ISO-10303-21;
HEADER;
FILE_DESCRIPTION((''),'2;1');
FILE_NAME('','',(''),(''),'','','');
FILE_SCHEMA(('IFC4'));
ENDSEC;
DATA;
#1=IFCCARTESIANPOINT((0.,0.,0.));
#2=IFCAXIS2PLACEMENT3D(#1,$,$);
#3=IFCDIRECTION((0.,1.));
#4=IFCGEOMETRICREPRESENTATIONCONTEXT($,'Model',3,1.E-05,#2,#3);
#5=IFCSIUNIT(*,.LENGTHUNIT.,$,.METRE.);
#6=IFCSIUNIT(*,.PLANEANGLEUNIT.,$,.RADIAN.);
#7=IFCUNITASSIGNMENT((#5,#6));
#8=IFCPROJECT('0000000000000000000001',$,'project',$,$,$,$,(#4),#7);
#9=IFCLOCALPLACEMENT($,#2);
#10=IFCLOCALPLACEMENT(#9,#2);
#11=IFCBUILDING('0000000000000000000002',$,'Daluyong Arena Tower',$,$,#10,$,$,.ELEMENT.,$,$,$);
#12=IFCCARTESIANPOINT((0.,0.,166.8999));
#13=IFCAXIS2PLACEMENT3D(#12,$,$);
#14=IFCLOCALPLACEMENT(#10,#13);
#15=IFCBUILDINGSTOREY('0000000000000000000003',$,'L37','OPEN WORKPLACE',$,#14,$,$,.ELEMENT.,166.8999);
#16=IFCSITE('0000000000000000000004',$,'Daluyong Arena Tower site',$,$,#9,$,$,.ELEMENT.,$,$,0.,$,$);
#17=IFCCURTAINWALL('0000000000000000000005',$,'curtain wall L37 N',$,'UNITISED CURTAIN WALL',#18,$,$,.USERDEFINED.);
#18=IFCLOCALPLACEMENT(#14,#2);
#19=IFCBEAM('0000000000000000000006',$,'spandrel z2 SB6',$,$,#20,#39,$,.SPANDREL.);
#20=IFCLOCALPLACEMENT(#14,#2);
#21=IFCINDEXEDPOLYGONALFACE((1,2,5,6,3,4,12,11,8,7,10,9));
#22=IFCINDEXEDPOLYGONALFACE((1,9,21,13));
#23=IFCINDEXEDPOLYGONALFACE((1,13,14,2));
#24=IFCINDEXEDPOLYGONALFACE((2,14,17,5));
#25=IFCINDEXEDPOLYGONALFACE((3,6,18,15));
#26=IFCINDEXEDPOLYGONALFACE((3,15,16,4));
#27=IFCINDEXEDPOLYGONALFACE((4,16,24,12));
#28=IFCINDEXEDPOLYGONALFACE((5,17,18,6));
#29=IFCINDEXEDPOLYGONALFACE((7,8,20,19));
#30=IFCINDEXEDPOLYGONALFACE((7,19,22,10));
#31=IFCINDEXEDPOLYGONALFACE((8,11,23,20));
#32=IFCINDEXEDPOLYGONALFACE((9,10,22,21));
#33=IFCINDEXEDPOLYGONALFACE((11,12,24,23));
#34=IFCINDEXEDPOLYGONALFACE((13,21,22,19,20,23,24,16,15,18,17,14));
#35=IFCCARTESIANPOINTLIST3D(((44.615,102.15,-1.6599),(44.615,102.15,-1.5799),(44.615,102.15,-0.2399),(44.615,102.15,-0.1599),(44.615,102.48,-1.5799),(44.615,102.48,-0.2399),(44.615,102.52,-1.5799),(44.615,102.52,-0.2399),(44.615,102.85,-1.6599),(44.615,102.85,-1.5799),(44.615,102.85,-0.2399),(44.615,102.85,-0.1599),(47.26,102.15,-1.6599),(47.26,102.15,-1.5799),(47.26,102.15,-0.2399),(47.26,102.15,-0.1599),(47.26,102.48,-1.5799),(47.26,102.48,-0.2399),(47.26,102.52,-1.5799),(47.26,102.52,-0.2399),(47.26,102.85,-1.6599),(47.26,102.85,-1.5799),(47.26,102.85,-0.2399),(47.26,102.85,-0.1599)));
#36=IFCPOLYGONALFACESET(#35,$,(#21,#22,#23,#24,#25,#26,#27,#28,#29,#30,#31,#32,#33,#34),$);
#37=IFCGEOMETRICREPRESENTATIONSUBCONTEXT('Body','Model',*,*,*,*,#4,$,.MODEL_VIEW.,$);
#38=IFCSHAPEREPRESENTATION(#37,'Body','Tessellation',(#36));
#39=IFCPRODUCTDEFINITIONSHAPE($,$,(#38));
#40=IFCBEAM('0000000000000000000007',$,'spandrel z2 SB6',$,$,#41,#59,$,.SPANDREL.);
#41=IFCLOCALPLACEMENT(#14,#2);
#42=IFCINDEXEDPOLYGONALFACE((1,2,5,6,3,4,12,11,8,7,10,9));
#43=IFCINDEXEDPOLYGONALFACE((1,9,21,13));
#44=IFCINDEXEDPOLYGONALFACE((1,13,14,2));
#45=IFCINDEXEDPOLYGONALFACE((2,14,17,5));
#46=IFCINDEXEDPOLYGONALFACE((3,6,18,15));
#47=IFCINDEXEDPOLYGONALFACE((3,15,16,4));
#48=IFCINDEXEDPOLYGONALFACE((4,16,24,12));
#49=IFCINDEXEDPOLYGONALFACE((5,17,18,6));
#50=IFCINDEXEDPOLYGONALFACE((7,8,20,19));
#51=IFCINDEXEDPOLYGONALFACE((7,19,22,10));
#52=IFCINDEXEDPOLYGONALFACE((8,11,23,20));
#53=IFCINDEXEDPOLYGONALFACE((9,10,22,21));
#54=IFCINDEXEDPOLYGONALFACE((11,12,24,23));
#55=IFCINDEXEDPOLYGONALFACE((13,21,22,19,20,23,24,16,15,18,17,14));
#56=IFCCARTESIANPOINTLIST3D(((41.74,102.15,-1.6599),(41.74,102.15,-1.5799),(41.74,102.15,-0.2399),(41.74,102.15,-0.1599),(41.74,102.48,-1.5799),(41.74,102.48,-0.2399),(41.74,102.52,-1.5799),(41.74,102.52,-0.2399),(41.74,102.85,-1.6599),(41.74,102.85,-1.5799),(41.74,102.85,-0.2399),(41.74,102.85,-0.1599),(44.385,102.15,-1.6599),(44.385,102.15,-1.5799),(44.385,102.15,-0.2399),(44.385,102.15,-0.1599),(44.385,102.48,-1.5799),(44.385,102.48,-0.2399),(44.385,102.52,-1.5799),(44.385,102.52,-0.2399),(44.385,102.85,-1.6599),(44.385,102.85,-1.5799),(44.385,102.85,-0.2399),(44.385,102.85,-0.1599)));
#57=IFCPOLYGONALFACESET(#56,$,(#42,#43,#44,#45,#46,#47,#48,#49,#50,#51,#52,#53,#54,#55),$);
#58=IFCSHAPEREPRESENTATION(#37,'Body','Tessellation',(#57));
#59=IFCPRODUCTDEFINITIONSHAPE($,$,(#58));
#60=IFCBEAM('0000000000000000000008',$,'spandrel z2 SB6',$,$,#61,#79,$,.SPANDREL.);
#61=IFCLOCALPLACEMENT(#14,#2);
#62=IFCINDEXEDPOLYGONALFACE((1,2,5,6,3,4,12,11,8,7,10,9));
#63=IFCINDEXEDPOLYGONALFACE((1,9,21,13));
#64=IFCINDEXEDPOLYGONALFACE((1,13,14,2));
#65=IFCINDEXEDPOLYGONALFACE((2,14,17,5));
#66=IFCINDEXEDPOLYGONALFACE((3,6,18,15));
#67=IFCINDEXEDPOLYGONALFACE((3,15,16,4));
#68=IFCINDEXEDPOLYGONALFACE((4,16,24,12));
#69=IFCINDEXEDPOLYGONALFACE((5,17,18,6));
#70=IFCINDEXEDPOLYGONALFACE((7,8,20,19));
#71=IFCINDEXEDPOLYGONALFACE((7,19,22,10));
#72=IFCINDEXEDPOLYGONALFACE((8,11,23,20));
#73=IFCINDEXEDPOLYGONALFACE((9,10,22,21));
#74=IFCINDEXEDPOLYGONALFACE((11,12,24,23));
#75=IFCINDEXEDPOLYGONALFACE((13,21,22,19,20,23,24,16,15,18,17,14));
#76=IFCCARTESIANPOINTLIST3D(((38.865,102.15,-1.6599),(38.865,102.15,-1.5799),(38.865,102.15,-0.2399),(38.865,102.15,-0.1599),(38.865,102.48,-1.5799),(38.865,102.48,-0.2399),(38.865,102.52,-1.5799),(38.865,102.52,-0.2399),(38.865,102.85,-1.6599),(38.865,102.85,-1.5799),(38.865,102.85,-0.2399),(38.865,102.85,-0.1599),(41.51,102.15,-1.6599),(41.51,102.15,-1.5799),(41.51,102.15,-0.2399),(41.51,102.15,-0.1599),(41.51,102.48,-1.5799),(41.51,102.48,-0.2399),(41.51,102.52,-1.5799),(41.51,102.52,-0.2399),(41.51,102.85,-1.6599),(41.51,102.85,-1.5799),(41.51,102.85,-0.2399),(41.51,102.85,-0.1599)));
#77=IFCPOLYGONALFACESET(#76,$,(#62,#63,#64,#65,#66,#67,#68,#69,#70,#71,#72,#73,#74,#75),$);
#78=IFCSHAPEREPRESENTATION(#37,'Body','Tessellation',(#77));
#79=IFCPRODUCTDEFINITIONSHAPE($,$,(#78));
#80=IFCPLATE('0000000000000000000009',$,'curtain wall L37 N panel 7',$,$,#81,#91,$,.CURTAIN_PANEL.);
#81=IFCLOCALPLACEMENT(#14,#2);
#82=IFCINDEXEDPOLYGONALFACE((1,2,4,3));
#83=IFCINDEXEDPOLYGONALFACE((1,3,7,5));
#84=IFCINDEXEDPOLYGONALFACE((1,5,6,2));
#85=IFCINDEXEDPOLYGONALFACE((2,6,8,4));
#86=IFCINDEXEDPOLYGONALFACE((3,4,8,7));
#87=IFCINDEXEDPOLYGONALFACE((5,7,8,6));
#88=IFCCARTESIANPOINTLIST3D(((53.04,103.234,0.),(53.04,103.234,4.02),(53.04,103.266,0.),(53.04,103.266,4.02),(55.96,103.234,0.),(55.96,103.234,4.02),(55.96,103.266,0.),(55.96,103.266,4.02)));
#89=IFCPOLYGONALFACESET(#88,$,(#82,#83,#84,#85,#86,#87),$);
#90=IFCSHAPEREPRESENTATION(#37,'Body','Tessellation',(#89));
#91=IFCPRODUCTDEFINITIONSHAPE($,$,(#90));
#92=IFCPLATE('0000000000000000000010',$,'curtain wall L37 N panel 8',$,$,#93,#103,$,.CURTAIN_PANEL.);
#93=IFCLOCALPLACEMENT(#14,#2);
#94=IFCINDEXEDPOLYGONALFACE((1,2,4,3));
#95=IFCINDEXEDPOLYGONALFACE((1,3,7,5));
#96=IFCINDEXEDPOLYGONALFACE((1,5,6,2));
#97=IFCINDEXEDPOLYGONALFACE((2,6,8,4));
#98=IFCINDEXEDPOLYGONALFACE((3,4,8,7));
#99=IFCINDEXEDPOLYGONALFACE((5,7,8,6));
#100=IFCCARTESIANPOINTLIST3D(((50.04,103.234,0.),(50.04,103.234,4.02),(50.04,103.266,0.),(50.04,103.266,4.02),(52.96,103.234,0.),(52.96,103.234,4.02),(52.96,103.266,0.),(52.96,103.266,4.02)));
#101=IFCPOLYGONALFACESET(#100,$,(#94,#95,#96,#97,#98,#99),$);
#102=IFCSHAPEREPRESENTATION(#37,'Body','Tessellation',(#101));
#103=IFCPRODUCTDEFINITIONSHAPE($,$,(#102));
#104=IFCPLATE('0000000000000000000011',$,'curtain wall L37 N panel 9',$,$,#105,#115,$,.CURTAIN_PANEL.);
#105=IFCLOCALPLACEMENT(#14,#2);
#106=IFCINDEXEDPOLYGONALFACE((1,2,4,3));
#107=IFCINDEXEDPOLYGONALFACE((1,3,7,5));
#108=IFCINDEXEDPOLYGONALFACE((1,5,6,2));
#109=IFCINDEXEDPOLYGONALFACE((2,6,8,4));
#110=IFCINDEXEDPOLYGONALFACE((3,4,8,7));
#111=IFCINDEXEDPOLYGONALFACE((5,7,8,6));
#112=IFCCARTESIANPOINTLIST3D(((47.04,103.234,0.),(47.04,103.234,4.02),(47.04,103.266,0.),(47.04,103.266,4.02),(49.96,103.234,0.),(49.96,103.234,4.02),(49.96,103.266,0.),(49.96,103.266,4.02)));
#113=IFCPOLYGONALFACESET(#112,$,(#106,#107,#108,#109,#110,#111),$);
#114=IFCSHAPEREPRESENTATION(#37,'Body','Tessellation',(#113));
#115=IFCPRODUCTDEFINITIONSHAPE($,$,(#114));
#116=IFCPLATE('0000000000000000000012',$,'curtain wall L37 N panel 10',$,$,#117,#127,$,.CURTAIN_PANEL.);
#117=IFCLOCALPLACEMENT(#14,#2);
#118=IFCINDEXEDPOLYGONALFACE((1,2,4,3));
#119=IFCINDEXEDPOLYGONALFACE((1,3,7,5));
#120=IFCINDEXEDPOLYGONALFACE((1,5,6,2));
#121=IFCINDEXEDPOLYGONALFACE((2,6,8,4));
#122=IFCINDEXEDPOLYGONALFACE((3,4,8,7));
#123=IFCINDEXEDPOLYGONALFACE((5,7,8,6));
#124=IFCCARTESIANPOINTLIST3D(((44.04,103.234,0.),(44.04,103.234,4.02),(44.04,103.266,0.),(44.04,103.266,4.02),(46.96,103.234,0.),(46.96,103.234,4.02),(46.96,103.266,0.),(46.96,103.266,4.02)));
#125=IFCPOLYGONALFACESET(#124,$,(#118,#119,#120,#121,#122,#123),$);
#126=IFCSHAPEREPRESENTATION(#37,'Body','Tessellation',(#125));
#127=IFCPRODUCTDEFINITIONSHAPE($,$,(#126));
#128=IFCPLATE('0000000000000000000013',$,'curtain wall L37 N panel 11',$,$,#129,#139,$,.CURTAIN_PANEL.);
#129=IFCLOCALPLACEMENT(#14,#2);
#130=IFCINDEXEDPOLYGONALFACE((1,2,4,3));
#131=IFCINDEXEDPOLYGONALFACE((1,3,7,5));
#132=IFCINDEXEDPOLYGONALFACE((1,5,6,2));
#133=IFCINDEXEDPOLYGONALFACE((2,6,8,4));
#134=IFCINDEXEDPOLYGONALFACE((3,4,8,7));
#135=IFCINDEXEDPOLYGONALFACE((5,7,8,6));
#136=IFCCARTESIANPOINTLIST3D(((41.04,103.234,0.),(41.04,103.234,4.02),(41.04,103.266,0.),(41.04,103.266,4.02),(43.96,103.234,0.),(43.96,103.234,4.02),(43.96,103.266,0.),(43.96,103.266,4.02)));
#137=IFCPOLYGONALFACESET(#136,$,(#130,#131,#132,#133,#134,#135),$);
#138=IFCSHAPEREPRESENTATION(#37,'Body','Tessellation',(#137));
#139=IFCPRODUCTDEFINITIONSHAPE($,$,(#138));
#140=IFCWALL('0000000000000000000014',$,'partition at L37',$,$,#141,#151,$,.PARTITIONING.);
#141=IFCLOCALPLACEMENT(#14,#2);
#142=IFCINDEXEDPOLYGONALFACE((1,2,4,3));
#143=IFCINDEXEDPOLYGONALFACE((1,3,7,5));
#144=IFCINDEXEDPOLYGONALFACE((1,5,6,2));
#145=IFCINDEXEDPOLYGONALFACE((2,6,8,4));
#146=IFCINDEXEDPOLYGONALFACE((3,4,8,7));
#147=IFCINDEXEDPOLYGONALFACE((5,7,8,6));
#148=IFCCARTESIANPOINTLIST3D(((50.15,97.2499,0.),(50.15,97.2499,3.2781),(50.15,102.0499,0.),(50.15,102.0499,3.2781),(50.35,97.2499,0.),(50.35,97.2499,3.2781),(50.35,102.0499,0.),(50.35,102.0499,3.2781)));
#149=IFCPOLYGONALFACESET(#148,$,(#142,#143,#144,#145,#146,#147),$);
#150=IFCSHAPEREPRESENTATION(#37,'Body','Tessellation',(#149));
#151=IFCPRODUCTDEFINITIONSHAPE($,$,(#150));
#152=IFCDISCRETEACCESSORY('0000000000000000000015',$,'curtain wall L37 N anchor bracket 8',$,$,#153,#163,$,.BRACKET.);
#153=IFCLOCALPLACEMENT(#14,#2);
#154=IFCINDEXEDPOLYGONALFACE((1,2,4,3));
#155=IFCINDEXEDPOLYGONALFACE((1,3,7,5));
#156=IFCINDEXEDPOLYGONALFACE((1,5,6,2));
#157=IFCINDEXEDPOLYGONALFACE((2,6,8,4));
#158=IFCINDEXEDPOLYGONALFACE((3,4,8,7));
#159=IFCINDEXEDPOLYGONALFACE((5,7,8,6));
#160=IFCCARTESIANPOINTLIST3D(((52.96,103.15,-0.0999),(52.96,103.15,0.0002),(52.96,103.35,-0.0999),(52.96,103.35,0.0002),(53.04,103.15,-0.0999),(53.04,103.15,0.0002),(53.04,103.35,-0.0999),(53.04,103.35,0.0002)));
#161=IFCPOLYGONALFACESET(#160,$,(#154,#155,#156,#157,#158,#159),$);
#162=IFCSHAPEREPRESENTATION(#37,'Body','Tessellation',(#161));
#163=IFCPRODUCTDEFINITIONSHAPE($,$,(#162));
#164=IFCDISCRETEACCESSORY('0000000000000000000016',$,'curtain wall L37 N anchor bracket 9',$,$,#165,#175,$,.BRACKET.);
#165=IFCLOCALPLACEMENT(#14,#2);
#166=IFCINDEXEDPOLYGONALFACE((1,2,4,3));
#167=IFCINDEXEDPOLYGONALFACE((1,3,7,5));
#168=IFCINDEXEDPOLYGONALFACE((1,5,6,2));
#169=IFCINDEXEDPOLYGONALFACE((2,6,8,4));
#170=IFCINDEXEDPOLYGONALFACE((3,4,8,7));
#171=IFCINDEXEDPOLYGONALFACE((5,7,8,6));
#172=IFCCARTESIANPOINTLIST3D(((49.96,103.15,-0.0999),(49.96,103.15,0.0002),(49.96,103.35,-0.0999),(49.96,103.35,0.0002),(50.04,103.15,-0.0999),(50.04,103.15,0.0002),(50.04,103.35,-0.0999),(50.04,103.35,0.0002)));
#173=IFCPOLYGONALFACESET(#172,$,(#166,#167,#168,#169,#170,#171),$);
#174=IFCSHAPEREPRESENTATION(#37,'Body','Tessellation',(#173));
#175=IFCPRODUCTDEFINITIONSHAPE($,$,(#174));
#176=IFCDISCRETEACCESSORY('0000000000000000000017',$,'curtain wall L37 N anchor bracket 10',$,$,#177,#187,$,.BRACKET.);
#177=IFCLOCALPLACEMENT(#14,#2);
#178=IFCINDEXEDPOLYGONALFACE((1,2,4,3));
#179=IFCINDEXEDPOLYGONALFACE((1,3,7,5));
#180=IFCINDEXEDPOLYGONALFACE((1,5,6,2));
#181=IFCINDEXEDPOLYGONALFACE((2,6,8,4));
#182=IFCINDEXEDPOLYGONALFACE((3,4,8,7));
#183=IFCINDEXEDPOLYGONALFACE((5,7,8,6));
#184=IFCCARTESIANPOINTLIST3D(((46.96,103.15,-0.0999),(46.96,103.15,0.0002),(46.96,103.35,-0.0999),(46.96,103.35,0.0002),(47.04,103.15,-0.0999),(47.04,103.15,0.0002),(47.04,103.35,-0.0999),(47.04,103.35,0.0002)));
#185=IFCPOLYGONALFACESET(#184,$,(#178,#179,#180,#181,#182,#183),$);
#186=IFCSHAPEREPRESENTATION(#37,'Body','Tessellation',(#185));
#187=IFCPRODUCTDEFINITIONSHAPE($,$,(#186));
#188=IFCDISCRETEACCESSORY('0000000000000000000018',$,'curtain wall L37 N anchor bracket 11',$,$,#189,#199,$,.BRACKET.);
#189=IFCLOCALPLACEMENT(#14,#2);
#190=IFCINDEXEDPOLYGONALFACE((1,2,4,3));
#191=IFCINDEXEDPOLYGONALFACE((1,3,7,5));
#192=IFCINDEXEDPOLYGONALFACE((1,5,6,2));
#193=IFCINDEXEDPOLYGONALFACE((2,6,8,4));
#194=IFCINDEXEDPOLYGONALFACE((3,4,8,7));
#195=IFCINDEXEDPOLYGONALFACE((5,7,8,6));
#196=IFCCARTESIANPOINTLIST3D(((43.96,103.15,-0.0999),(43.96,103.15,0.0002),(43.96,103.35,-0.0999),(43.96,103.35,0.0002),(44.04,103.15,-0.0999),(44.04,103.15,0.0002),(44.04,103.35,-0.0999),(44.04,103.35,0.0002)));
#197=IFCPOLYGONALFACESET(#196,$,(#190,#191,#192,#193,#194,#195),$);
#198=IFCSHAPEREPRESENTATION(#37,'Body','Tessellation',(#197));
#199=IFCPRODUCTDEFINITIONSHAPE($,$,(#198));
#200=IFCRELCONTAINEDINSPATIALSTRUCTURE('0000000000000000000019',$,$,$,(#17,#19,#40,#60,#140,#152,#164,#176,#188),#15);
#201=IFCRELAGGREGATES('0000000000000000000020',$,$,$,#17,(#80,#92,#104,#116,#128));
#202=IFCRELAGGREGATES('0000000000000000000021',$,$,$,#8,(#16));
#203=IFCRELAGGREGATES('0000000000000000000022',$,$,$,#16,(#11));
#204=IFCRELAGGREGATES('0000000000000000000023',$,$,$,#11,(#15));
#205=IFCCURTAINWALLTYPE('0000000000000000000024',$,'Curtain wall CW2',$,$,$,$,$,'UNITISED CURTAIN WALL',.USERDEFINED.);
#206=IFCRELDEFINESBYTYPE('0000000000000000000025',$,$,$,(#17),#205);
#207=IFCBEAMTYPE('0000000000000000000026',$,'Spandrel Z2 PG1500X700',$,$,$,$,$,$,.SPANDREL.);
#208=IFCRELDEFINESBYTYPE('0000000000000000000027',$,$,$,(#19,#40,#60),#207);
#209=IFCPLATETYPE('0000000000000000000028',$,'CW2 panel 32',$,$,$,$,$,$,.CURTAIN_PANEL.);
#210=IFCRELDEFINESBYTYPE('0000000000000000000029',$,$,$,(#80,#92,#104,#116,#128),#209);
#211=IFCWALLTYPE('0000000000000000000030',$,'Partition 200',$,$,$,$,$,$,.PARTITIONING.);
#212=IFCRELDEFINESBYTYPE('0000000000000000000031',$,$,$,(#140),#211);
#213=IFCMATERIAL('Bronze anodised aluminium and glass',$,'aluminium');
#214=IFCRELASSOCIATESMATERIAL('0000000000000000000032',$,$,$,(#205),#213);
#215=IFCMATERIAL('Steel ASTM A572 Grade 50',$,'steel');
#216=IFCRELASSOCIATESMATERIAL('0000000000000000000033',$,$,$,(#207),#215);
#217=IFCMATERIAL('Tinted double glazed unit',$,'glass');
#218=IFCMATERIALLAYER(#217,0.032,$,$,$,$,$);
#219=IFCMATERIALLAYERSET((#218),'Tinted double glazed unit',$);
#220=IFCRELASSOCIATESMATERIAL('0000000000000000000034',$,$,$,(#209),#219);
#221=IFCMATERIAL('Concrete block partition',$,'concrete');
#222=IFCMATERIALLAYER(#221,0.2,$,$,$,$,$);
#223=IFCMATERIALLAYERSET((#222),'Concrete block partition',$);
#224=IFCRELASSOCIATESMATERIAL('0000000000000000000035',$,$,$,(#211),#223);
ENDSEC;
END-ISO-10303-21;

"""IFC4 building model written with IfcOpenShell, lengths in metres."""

from ifc_helpers import new_model, si_unit, direction, frame, frame_2d, origin, origin_2d, place, context, subcontext, project, spatial, rectangle, i_section, extrude, material, layer, layer_set, material_profile, profile_set, type_object, element, aggregate, save


model = new_model("IFC4")

# Units and contexts
model_context = context("Model", 3, precision=1e-05, world=origin(), true_north=direction((0.0, 1.0)))
body_context = subcontext(model_context, "Body", "Model", "MODEL_VIEW")
ifc_project = project(units=[si_unit("LENGTHUNIT", "METRE"), si_unit("PLANEANGLEUNIT", "RADIAN")], contexts=[model_context])

# Site, building, storey
site_placement = place(None, origin())
site = spatial("IfcSite", under=ifc_project, at=site_placement, Name="Daluyong Arena Tower site", CompositionType="ELEMENT", RefElevation=0.0)
building_placement = place(site_placement, origin())
building = spatial("IfcBuilding", under=site, at=building_placement, Name="Daluyong Arena Tower", CompositionType="ELEMENT")
storey_placement = place(building_placement, frame((0.0, 0.0, 166.8999)))
storey = spatial("IfcBuildingStorey", under=building, at=storey_placement, Name="L37", Description="OPEN WORKPLACE", CompositionType="ELEMENT", Elevation=166.8999)

# Curtain wall
ifc_material_1 = material(Name="Bronze anodised aluminium and glass", Category="aluminium")
curtain_wall_type = type_object("IfcCurtainWallType", Name="Curtain wall CW2", ElementType="UNITISED CURTAIN WALL", PredefinedType="USERDEFINED", material=ifc_material_1)
curtain_wall_placement = place(storey_placement, origin())
curtain_wall = element("IfcCurtainWall", 1, at=curtain_wall_placement, inside=storey, type_object=curtain_wall_type, Name="curtain wall L37 N", ObjectType="UNITISED CURTAIN WALL", PredefinedType="USERDEFINED")

# Beams
ifc_material_2 = material(Name="Steel ASTM A572 Grade 50", Category="steel")
ifc_material_profile_1 = material_profile(ifc_material_2, i_section(OverallWidth=0.7, OverallDepth=1.5, WebThickness=0.04, FlangeThickness=0.08, at=origin_2d()))
ifc_profile_set_1 = profile_set([ifc_material_profile_1], Name="Steel ASTM A572 Grade 50")
beam_type_1 = type_object("IfcBeamType", Name="Spandrel Z2 PG1500X700", PredefinedType="SPANDREL", material=ifc_profile_set_1)
for number, where, z_axis, x_axis, name in (
    (2, (47.26, 102.5, -0.9099), (-1.0, 0.0, 0.0), (0.0, -1.0, 0.0), "spandrel z2 SB6"),
    (3, (44.385, 102.5, -0.9099), (-1.0, 0.0, 0.0), (0.0, -1.0, 0.0), "spandrel z2 SB6"),
    (4, (41.51, 102.5, -0.9099), (-1.0, 0.0, 0.0), (0.0, -1.0, 0.0), "spandrel z2 SB6"),
):
    element("IfcBeam", number, at=place(storey_placement, frame(where, z_axis=z_axis, x_axis=x_axis)), inside=storey, type_object=beam_type_1, Name=name, PredefinedType="SPANDREL", context=body_context, shape_type="SweptSolid", body=[
        extrude(i_section(OverallWidth=0.7, OverallDepth=1.5, WebThickness=0.04, FlangeThickness=0.08, at=origin_2d()), origin(), (0.0, 0.0, 1.0), 2.645),
    ])

# Plates
ifc_material_3 = material(Name="Tinted double glazed unit", Category="glass")
ifc_layer_1 = layer(ifc_material_3, 0.032)
ifc_layer_set_1 = layer_set([ifc_layer_1], Name="Tinted double glazed unit")
plate_type = type_object("IfcPlateType", Name="CW2 panel 32", PredefinedType="CURTAIN_PANEL", material=ifc_layer_set_1)
plate_1_placement = place(storey_placement, frame((54.5, 103.25, 0.0), z_axis=(0.0, 0.0, 1.0), x_axis=(-1.0, 0.0, 0.0)))
plate_1 = element("IfcPlate", 5, at=plate_1_placement, type_object=plate_type, Name="curtain wall L37 N panel 7", PredefinedType="CURTAIN_PANEL", context=body_context, shape_type="SweptSolid", body=[
    extrude(rectangle(XDim=2.9199, YDim=0.032, at=origin_2d()), origin(), (0.0, 0.0, 1.0), 4.02),
])
plate_2_placement = place(storey_placement, frame((51.5, 103.25, 0.0), z_axis=(0.0, 0.0, 1.0), x_axis=(-1.0, 0.0, 0.0)))
plate_2 = element("IfcPlate", 6, at=plate_2_placement, type_object=plate_type, Name="curtain wall L37 N panel 8", PredefinedType="CURTAIN_PANEL", context=body_context, shape_type="SweptSolid", body=[
    extrude(rectangle(XDim=2.9199, YDim=0.032, at=origin_2d()), origin(), (0.0, 0.0, 1.0), 4.02),
])
plate_3_placement = place(storey_placement, frame((48.5, 103.25, 0.0), z_axis=(0.0, 0.0, 1.0), x_axis=(-1.0, 0.0, 0.0)))
plate_3 = element("IfcPlate", 7, at=plate_3_placement, type_object=plate_type, Name="curtain wall L37 N panel 9", PredefinedType="CURTAIN_PANEL", context=body_context, shape_type="SweptSolid", body=[
    extrude(rectangle(XDim=2.9199, YDim=0.032, at=origin_2d()), origin(), (0.0, 0.0, 1.0), 4.02),
])
plate_4_placement = place(storey_placement, frame((45.5, 103.25, 0.0), z_axis=(0.0, 0.0, 1.0), x_axis=(-1.0, 0.0, 0.0)))
plate_4 = element("IfcPlate", 8, at=plate_4_placement, type_object=plate_type, Name="curtain wall L37 N panel 10", PredefinedType="CURTAIN_PANEL", context=body_context, shape_type="SweptSolid", body=[
    extrude(rectangle(XDim=2.9199, YDim=0.032, at=origin_2d()), origin(), (0.0, 0.0, 1.0), 4.02),
])
plate_5_placement = place(storey_placement, frame((42.5, 103.25, 0.0), z_axis=(0.0, 0.0, 1.0), x_axis=(-1.0, 0.0, 0.0)))
plate_5 = element("IfcPlate", 9, at=plate_5_placement, type_object=plate_type, Name="curtain wall L37 N panel 11", PredefinedType="CURTAIN_PANEL", context=body_context, shape_type="SweptSolid", body=[
    extrude(rectangle(XDim=2.9199, YDim=0.032, at=origin_2d()), origin(), (0.0, 0.0, 1.0), 4.02),
])
aggregate(curtain_wall, [plate_1, plate_2, plate_3, plate_4, plate_5])

# Wall
ifc_material_4 = material(Name="Concrete block partition", Category="concrete")
ifc_layer_2 = layer(ifc_material_4, 0.2)
ifc_layer_set_2 = layer_set([ifc_layer_2], Name="Concrete block partition")
wall_type = type_object("IfcWallType", Name="Partition 200", PredefinedType="PARTITIONING", material=ifc_layer_set_2)
wall_placement = place(storey_placement, frame((50.25, 97.25, 0.0), z_axis=(0.0, 0.0, 1.0), x_axis=(0.0, 1.0, 0.0)))
element("IfcWall", 10, at=wall_placement, inside=storey, type_object=wall_type, Name="partition at L37", PredefinedType="PARTITIONING", context=body_context, shape_type="SweptSolid", body=[
    extrude(rectangle(XDim=4.8, YDim=0.2, at=frame_2d((2.3999, 0.0))), origin(), (0.0, 0.0, 1.0), 3.2781),
])

# Discrete accessories
for number, where, z_axis, x_axis, name in (
    (11, (53.0, 103.25, -0.0999), (0.0, 0.0, 1.0), (-1.0, 0.0, 0.0), "curtain wall L37 N anchor bracket 8"),
    (12, (50.0, 103.25, -0.0999), (0.0, 0.0, 1.0), (-1.0, 0.0, 0.0), "curtain wall L37 N anchor bracket 9"),
    (13, (47.0, 103.25, -0.0999), (0.0, 0.0, 1.0), (-1.0, 0.0, 0.0), "curtain wall L37 N anchor bracket 10"),
    (14, (44.0, 103.25, -0.0999), (0.0, 0.0, 1.0), (-1.0, 0.0, 0.0), "curtain wall L37 N anchor bracket 11"),
):
    element("IfcDiscreteAccessory", number, at=place(storey_placement, frame(where, z_axis=z_axis, x_axis=x_axis)), inside=storey, Name=name, PredefinedType="BRACKET", context=body_context, shape_type="SweptSolid", body=[
        extrude(rectangle(XDim=0.0801, YDim=0.2, at=origin_2d()), origin(), (0.0, 0.0, 1.0), 0.1001),
    ])

save(model, "model.ifc")
